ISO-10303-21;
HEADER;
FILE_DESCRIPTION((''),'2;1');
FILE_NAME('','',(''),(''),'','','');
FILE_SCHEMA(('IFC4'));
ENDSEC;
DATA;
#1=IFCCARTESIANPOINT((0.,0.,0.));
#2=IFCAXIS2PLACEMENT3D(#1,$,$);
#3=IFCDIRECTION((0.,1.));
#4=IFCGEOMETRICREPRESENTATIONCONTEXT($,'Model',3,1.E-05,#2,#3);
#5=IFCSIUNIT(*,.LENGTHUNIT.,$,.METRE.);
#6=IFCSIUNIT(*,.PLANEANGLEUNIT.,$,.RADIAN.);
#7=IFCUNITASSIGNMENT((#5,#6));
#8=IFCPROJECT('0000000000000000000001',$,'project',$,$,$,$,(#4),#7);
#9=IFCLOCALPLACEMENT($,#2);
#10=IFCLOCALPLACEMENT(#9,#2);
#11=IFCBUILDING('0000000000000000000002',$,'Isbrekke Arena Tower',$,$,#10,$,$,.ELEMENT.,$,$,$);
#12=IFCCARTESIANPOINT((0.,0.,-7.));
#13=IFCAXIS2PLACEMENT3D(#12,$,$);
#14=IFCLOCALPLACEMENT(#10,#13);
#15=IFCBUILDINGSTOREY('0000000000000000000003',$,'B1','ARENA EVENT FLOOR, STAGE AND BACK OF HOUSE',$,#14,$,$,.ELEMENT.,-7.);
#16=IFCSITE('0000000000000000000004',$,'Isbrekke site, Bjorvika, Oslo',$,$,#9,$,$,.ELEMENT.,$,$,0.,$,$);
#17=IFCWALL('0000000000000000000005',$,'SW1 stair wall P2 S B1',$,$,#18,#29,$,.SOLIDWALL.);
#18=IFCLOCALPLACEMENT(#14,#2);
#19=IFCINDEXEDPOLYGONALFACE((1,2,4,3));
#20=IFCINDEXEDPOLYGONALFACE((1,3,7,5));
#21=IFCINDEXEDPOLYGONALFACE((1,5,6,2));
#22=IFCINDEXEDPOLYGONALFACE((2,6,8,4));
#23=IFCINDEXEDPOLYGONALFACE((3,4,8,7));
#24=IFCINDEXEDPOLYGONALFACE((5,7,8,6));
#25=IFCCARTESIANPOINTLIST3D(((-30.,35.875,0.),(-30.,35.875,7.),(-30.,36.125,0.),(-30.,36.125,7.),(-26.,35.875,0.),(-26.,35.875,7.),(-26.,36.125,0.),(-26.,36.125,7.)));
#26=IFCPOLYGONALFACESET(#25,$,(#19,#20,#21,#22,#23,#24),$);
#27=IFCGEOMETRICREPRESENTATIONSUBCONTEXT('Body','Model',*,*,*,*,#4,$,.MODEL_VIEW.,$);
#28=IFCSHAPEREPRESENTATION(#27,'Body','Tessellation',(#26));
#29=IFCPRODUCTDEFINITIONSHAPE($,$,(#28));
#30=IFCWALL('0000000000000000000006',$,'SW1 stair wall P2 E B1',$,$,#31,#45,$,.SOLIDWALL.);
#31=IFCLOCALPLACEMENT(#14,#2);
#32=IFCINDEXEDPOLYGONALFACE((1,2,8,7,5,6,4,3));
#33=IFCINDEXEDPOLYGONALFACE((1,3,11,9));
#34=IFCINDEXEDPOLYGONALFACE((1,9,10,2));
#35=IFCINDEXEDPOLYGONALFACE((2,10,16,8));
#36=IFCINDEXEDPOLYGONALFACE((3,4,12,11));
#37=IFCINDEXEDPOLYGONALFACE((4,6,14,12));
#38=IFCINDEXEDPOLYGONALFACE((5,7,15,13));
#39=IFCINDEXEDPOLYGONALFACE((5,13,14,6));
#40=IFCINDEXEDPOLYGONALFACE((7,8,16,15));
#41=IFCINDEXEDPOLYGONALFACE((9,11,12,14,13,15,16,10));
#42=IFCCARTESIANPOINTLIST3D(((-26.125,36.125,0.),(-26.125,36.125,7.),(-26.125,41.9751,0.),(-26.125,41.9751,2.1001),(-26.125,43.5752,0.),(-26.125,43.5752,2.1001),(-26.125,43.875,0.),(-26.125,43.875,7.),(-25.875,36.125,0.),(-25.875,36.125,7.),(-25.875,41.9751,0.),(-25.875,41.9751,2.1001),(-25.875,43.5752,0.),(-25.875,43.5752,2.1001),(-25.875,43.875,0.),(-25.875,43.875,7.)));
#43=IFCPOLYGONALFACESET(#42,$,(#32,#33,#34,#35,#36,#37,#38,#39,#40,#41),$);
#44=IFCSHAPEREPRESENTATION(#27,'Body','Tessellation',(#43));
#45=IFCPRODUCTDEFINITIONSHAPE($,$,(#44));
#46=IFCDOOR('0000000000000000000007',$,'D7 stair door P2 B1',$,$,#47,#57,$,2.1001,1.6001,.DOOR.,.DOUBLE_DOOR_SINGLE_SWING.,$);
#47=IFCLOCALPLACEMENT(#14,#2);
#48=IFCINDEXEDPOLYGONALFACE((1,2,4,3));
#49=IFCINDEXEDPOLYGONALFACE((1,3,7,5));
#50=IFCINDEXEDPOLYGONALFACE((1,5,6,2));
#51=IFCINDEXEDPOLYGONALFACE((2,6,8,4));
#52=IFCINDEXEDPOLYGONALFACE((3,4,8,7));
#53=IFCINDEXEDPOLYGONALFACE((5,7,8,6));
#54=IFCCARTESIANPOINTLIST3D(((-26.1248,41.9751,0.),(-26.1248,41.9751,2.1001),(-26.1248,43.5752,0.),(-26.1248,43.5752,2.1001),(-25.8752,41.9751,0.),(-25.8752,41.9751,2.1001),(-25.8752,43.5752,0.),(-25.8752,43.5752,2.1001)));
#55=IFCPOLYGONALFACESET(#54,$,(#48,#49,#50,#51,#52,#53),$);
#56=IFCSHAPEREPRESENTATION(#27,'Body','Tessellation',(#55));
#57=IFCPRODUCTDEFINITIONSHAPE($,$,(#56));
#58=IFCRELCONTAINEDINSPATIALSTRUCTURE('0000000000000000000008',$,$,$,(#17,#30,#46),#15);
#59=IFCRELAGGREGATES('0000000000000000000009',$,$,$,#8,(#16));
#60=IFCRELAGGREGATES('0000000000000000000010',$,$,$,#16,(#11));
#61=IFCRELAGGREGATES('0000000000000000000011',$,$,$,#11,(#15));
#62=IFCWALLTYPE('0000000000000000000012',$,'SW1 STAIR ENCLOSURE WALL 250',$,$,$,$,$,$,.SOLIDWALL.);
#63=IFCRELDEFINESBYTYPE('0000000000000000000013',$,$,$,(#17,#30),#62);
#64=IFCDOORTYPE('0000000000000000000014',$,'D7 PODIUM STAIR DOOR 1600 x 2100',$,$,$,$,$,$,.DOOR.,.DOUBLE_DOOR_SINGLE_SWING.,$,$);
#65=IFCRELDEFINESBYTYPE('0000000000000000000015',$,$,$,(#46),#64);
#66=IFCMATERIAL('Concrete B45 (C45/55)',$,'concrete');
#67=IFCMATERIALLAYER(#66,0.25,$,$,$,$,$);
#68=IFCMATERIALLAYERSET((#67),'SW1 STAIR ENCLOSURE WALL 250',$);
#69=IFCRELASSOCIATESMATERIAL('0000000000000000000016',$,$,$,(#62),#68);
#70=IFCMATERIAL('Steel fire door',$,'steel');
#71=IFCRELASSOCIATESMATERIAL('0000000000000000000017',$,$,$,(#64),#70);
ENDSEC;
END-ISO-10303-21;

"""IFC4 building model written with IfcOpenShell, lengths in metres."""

from ifc_helpers import new_model, si_unit, direction, frame, frame_2d, origin, place, context, subcontext, project, spatial, rectangle, extrude, material, layer, layer_set, type_object, element, fill, save


model = new_model("IFC4")

# Units and contexts
model_context = context("Model", 3, precision=1e-05, world=origin(), true_north=direction((0.0, 1.0)))
body_context = subcontext(model_context, "Body", "Model", "MODEL_VIEW")
ifc_project = project(units=[si_unit("LENGTHUNIT", "METRE"), si_unit("PLANEANGLEUNIT", "RADIAN")], contexts=[model_context])

# Site, building, storey
site_placement = place(None, origin())
site = spatial("IfcSite", under=ifc_project, at=site_placement, Name="Isbrekke site, Bjorvika, Oslo", CompositionType="ELEMENT", RefElevation=0.0)
building_placement = place(site_placement, origin())
building = spatial("IfcBuilding", under=site, at=building_placement, Name="Isbrekke Arena Tower", CompositionType="ELEMENT")
storey_placement = place(building_placement, frame((0.0, 0.0, -7.0)))
storey = spatial("IfcBuildingStorey", under=building, at=storey_placement, Name="B1", Description="ARENA EVENT FLOOR, STAGE AND BACK OF HOUSE", CompositionType="ELEMENT", Elevation=-7.0)

# Wall
ifc_material_1 = material(Name="Concrete B45 (C45/55)", Category="concrete")
ifc_layer_1 = layer(ifc_material_1, 0.25)
ifc_layer_set_1 = layer_set([ifc_layer_1], Name="SW1 STAIR ENCLOSURE WALL 250")
wall_type_1 = type_object("IfcWallType", Name="SW1 STAIR ENCLOSURE WALL 250", PredefinedType="SOLIDWALL", material=ifc_layer_set_1)
wall_1_placement = place(storey_placement, frame((-30.0, 36.0, 0.0), z_axis=(0.0, 0.0, 1.0), x_axis=(1.0, 0.0, 0.0)))
element("IfcWall", 1, at=wall_1_placement, inside=storey, type_object=wall_type_1, Name="SW1 stair wall P2 S B1", PredefinedType="SOLIDWALL", context=body_context, shape_type="SweptSolid", body=[
    extrude(rectangle(XDim=4.0, YDim=0.25, at=frame_2d((2.0, 0.0))), origin(), (0.0, 0.0, 1.0), 7.0),
])

# Wall, opening, door
wall_2_placement = place(storey_placement, frame((-26.0, 36.125, 0.0), z_axis=(0.0, 0.0, 1.0), x_axis=(0.0, 1.0, 0.0)))
wall_2 = element("IfcWall", 2, at=wall_2_placement, inside=storey, type_object=wall_type_1, Name="SW1 stair wall P2 E B1", PredefinedType="SOLIDWALL", context=body_context, shape_type="SweptSolid", body=[
    extrude(rectangle(XDim=7.75, YDim=0.25, at=frame_2d((3.875, 0.0))), origin(), (0.0, 0.0, 1.0), 7.0),
])
opening_1_placement = place(wall_2_placement, frame((5.8501, 0.0, 0.0)))
opening_1 = element("IfcOpeningElement", 3, at=opening_1_placement, cuts=wall_2, PredefinedType="OPENING", context=body_context, shape_type="SweptSolid", body=[
    extrude(rectangle(XDim=1.6001, YDim=2.1001, at=frame_2d((0.8, 1.05))), frame((0.0, 0.1399, 0.0), z_axis=(0.0, -1.0, 0.0), x_axis=(1.0, 0.0, 0.0)), (0.0, 0.0, 1.0), 0.2798),
])
ifc_material_2 = material(Name="Steel fire door", Category="steel")
door_type_1 = type_object("IfcDoorType", Name="D7 PODIUM STAIR DOOR 1600 x 2100", OperationType="DOUBLE_DOOR_SINGLE_SWING", PredefinedType="DOOR", material=ifc_material_2)
door_1_placement = place(opening_1_placement, origin())
door_1 = element("IfcDoor", 4, at=door_1_placement, inside=storey, type_object=door_type_1, Name="D7 stair door P2 B1", OperationType="DOUBLE_DOOR_SINGLE_SWING", OverallHeight=2.1001, OverallWidth=1.6001, PredefinedType="DOOR", context=body_context, shape_type="SweptSolid", body=[
    extrude(rectangle(XDim=1.6001, YDim=2.1001, at=frame_2d((0.8, 1.05))), frame((0.0, 0.1248, 0.0), z_axis=(0.0, -1.0, 0.0), x_axis=(1.0, 0.0, 0.0)), (0.0, 0.0, 1.0), 0.2495),
])
fill(opening_1, door_1)

save(model, "model.ifc")
